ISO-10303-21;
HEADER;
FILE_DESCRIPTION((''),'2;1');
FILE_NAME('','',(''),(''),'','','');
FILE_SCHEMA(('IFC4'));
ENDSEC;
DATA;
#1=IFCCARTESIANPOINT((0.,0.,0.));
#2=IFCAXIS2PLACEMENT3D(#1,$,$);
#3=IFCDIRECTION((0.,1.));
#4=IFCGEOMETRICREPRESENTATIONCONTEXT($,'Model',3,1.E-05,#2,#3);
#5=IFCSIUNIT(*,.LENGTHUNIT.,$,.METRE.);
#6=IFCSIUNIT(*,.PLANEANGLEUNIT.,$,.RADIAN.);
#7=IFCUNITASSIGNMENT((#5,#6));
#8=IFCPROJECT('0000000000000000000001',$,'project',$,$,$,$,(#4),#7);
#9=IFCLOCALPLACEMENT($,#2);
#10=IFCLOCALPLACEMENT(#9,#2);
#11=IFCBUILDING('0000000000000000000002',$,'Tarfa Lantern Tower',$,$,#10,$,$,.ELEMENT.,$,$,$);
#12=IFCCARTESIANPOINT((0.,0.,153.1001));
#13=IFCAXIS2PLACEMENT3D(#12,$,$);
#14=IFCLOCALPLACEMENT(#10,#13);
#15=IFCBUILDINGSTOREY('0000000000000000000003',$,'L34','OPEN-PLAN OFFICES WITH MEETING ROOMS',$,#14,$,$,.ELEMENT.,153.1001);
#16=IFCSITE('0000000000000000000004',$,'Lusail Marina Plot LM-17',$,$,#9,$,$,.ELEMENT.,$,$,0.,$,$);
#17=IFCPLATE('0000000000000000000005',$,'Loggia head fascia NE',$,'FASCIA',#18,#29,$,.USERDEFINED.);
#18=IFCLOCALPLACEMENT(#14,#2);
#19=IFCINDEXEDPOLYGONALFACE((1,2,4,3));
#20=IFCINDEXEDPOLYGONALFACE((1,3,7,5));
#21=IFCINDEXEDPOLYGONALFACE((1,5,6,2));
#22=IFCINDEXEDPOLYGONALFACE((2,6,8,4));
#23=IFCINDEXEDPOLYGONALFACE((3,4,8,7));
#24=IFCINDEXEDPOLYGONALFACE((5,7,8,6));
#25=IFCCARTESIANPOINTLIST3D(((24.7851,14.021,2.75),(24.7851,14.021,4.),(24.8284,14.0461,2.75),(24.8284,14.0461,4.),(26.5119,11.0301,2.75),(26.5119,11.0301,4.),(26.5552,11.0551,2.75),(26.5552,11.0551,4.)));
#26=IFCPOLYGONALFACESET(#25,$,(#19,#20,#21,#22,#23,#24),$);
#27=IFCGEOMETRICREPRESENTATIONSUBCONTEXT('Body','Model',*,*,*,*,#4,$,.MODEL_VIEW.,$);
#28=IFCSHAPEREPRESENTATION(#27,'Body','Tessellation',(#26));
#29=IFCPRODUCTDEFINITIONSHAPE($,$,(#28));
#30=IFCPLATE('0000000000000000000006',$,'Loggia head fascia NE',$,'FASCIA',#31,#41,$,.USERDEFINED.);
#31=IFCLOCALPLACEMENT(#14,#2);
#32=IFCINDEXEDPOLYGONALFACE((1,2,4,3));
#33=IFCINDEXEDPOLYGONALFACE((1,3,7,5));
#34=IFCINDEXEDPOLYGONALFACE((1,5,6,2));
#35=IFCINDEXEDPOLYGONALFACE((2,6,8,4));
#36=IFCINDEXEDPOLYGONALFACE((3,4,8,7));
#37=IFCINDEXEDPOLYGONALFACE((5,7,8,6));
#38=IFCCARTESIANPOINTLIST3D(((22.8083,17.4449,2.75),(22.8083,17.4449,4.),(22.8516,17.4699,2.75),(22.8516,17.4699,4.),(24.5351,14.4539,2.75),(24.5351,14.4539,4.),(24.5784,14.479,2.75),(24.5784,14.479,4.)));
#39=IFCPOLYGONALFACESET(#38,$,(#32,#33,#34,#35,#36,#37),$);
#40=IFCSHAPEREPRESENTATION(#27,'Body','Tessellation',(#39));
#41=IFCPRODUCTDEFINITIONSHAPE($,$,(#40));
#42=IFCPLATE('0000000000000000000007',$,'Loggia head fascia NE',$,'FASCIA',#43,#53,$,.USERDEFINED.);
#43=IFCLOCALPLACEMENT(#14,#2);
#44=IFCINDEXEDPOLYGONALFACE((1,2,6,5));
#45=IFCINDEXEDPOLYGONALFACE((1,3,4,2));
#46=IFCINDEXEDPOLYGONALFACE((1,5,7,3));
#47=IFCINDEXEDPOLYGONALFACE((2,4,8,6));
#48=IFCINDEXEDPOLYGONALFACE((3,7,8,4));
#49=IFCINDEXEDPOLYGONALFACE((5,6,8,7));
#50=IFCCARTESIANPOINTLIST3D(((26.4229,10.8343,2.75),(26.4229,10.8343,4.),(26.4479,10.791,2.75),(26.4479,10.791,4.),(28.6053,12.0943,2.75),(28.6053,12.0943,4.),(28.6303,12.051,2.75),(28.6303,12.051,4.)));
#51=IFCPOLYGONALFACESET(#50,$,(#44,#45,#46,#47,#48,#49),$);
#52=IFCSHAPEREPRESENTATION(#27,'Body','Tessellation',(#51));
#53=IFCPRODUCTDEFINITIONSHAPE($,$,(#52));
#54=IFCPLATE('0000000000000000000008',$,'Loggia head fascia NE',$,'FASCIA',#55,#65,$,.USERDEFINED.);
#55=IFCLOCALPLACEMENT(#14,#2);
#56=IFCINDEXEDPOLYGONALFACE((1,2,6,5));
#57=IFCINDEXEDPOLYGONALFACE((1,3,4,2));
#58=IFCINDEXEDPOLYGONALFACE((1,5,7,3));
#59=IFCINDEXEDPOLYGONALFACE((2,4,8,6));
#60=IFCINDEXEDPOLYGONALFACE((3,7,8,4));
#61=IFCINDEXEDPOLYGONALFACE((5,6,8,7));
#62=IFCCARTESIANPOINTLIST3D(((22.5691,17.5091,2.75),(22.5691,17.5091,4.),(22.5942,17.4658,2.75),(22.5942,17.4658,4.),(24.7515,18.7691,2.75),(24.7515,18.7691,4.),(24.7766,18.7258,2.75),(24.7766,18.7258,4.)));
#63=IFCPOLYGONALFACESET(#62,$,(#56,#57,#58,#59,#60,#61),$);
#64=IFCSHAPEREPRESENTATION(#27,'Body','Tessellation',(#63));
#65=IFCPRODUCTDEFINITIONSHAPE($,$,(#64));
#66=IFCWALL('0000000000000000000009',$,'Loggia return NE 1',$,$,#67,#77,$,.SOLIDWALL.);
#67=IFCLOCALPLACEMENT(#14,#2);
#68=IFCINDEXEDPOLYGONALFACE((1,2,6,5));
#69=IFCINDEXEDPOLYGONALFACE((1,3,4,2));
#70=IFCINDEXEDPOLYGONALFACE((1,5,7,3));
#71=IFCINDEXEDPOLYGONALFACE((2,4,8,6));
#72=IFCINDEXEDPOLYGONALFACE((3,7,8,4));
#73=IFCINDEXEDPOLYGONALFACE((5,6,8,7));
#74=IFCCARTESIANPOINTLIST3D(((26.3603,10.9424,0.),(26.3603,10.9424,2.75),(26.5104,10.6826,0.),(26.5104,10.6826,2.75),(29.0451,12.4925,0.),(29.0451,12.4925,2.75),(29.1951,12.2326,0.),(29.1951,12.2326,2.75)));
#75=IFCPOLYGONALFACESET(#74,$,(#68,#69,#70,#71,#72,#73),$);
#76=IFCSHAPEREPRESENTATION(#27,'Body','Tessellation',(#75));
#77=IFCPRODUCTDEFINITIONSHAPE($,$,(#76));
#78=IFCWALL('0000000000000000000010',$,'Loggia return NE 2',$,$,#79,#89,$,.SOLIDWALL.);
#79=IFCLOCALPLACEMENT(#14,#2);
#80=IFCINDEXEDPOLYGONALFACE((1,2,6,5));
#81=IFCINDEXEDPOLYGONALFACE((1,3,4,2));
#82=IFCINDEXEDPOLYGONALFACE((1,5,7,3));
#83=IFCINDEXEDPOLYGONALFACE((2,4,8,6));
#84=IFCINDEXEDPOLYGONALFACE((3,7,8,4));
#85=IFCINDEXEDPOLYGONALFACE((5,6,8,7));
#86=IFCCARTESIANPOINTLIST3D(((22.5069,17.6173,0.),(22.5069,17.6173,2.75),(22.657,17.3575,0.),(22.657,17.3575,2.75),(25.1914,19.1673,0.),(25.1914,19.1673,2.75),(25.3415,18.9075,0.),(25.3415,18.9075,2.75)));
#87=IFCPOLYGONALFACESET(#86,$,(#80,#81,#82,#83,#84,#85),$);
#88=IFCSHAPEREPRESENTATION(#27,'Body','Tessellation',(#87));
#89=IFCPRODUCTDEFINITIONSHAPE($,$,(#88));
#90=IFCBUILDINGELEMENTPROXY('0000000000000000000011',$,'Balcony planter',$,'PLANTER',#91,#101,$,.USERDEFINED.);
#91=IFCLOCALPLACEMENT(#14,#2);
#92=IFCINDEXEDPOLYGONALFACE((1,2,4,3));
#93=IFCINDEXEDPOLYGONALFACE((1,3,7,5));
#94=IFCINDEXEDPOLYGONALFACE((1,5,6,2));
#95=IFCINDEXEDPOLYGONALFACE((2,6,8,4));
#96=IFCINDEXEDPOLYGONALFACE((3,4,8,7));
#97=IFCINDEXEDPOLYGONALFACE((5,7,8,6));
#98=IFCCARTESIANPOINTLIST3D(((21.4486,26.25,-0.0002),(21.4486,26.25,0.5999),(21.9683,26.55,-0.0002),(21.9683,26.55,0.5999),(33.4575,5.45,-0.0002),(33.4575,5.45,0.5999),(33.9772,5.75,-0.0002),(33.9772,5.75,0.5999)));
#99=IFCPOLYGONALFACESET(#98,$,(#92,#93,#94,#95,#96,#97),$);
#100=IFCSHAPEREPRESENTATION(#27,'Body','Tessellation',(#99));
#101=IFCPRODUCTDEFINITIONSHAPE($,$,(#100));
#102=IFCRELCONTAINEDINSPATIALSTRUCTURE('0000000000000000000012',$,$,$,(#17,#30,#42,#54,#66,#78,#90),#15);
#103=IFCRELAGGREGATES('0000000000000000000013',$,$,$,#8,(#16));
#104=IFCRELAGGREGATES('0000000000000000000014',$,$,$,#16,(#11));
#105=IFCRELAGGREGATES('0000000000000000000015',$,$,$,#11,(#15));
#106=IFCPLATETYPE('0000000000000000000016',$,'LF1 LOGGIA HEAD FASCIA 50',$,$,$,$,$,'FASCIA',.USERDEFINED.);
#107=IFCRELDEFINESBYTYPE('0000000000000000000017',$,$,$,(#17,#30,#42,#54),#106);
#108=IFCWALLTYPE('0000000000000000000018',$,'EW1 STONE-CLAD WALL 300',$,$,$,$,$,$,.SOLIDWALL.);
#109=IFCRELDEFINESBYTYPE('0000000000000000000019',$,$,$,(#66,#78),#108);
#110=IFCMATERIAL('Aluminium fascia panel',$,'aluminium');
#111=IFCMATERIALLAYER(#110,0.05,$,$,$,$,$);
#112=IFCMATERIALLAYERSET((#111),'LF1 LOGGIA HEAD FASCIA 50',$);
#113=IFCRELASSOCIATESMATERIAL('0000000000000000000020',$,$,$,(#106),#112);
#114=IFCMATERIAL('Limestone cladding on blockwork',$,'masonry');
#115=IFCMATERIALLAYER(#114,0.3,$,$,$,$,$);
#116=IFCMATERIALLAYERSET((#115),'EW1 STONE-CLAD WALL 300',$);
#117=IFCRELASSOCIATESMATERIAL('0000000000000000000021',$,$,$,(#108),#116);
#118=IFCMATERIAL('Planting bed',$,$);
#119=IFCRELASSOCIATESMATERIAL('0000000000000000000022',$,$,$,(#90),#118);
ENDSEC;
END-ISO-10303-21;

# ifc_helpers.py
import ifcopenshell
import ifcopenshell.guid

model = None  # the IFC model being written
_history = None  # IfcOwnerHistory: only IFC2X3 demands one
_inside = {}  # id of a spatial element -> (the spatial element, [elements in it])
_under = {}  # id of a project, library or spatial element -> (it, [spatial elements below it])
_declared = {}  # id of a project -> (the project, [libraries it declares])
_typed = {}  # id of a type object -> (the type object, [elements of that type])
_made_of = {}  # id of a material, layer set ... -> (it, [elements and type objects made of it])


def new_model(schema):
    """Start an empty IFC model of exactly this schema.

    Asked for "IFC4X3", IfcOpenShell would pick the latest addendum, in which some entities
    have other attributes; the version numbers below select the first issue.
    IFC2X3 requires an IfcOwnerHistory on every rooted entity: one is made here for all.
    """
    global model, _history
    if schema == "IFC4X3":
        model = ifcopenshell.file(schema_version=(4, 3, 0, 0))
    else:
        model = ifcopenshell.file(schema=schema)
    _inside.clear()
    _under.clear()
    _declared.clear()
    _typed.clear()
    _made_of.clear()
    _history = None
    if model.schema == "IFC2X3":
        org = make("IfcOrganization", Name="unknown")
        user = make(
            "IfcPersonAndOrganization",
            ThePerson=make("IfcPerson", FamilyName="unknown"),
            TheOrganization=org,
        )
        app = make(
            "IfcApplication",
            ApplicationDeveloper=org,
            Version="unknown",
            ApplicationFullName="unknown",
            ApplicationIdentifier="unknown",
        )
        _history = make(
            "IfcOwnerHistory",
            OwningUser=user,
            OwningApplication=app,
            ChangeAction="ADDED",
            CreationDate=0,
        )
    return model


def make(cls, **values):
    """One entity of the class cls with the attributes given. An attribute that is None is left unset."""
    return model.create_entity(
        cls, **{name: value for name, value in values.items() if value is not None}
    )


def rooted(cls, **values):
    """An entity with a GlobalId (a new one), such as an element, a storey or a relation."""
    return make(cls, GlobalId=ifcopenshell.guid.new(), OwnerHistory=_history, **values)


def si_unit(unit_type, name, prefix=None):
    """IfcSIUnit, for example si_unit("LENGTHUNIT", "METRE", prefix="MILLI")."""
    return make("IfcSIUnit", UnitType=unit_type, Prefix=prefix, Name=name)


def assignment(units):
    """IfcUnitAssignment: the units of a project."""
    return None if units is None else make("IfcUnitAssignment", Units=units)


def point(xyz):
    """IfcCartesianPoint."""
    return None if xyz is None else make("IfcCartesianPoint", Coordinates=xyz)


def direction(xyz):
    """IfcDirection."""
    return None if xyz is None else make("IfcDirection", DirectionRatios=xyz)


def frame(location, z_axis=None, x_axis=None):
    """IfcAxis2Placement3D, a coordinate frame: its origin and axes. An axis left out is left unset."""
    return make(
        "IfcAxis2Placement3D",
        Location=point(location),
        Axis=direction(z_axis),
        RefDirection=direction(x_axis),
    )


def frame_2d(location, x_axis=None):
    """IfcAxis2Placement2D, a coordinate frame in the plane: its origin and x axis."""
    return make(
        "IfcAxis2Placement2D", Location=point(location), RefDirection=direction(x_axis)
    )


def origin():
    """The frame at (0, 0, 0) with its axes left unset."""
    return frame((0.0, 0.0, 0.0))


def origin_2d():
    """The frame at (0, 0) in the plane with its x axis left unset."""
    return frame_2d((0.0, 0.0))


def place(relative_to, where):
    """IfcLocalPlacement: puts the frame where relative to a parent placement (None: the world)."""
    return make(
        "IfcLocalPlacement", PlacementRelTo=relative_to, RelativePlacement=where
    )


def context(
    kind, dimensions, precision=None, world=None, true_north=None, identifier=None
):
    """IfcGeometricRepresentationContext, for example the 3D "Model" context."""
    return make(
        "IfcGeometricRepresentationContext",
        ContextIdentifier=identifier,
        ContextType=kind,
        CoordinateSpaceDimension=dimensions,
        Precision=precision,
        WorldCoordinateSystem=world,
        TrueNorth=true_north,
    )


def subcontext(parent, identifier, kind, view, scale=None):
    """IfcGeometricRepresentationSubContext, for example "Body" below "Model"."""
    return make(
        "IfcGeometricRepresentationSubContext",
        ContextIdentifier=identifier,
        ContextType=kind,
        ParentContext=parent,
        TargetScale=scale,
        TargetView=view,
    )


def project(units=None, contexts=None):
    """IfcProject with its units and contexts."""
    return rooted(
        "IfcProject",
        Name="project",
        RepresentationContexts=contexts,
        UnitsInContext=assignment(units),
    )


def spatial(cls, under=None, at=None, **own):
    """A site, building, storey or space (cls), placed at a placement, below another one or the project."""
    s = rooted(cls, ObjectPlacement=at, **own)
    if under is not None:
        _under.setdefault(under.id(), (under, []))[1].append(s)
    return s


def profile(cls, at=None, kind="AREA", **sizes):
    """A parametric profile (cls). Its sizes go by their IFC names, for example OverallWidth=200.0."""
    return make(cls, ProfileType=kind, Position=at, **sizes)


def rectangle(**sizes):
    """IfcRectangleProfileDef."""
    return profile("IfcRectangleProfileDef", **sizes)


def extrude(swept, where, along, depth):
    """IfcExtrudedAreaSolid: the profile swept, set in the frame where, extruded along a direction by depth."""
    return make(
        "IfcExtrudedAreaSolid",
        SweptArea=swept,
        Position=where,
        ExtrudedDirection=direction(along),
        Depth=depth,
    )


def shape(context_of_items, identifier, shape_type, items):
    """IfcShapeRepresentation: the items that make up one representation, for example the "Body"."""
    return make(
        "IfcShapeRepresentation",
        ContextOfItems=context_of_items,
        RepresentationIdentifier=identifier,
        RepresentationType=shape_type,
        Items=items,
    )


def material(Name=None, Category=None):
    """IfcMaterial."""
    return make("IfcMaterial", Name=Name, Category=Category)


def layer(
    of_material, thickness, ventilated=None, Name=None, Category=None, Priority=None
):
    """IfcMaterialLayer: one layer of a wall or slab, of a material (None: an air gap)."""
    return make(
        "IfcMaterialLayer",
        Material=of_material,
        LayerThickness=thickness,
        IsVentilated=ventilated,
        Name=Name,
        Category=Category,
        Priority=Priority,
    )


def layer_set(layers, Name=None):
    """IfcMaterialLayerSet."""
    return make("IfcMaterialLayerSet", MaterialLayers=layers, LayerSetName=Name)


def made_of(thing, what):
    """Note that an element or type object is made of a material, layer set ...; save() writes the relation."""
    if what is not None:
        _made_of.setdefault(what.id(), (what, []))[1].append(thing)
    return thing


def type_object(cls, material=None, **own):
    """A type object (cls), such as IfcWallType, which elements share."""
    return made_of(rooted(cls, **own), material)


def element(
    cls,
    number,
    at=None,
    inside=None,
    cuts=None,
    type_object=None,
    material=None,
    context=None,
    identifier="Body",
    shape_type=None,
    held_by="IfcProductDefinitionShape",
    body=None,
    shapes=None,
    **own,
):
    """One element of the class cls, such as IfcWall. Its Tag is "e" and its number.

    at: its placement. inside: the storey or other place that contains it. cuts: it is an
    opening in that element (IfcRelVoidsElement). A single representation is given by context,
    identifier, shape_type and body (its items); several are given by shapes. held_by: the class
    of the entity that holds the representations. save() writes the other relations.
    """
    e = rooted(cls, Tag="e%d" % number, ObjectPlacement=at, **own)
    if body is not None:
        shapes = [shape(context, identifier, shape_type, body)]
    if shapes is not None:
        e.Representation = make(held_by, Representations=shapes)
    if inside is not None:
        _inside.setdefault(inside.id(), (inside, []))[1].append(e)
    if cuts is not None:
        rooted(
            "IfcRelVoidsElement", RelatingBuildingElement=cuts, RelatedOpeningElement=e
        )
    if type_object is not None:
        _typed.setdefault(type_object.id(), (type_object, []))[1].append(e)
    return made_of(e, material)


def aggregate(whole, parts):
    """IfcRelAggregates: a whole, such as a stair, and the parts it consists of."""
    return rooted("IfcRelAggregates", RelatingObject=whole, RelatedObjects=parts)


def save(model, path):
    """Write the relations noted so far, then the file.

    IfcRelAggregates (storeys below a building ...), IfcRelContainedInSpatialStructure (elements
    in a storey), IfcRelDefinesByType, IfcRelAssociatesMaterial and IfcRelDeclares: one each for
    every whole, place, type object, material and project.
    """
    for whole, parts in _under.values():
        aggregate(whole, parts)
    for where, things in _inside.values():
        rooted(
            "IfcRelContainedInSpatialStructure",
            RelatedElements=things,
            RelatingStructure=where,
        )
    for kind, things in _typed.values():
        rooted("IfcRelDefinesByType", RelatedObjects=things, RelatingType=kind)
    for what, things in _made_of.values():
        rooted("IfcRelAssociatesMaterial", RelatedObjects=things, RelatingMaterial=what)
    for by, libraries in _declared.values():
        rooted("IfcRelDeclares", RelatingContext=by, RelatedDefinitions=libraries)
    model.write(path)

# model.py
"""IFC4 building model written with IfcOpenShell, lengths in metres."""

from ifc_helpers import new_model, si_unit, direction, frame, frame_2d, origin, origin_2d, place, context, subcontext, project, spatial, rectangle, extrude, material, layer, layer_set, type_object, element, save


model = new_model("IFC4")

# Units and contexts
model_context = context("Model", 3, precision=1e-05, world=origin(), true_north=direction((0.0, 1.0)))
body_context = subcontext(model_context, "Body", "Model", "MODEL_VIEW")
ifc_project = project(units=[si_unit("LENGTHUNIT", "METRE"), si_unit("PLANEANGLEUNIT", "RADIAN")], contexts=[model_context])

# Site, building, storey
site_placement = place(None, origin())
site = spatial("IfcSite", under=ifc_project, at=site_placement, Name="Lusail Marina Plot LM-17", CompositionType="ELEMENT", RefElevation=0.0)
building_placement = place(site_placement, origin())
building = spatial("IfcBuilding", under=site, at=building_placement, Name="Tarfa Lantern Tower", CompositionType="ELEMENT")
storey_placement = place(building_placement, frame((0.0, 0.0, 153.1001)))
storey = spatial("IfcBuildingStorey", under=building, at=storey_placement, Name="L34", Description="OPEN-PLAN OFFICES WITH MEETING ROOMS", CompositionType="ELEMENT", Elevation=153.1001)

# Plates
ifc_material_1 = material(Name="Aluminium fascia panel", Category="aluminium")
ifc_layer_1 = layer(ifc_material_1, 0.05)
ifc_layer_set_1 = layer_set([ifc_layer_1], Name="LF1 LOGGIA HEAD FASCIA 50")
plate_type_1 = type_object("IfcPlateType", Name="LF1 LOGGIA HEAD FASCIA 50", ElementType="FASCIA", PredefinedType="USERDEFINED", material=ifc_layer_set_1)
for number, where, z_axis, x_axis, name in (
    (1, (25.6702, 12.5381, 2.75), (0.0, 0.0, 1.0), (-0.5, 0.866025, 0.0), "Loggia head fascia NE"),
    (2, (23.6934, 15.9619, 2.75), (0.0, 0.0, 1.0), (-0.5, 0.866025, 0.0), "Loggia head fascia NE"),
):
    element("IfcPlate", number, at=place(storey_placement, frame(where, z_axis=z_axis, x_axis=x_axis)), inside=storey, type_object=plate_type_1, Name=name, ObjectType="FASCIA", PredefinedType="USERDEFINED", context=body_context, shape_type="SweptSolid", body=[
        extrude(rectangle(XDim=3.4536, YDim=0.05, at=origin_2d()), origin(), (0.0, 0.0, 1.0), 1.25),
    ])
for number, where, z_axis, x_axis, name in (
    (3, (27.5266, 11.4426, 2.75), (0.0, 0.0, 1.0), (-0.866025, -0.5, 0.0), "Loggia head fascia NE"),
    (4, (23.6729, 18.1174, 2.75), (0.0, 0.0, 1.0), (-0.866025, -0.5, 0.0), "Loggia head fascia NE"),
):
    element("IfcPlate", number, at=place(storey_placement, frame(where, z_axis=z_axis, x_axis=x_axis)), inside=storey, type_object=plate_type_1, Name=name, ObjectType="FASCIA", PredefinedType="USERDEFINED", context=body_context, shape_type="SweptSolid", body=[
        extrude(rectangle(XDim=2.52, YDim=0.05, at=origin_2d()), origin(), (0.0, 0.0, 1.0), 1.25),
    ])

# Walls
ifc_material_2 = material(Name="Limestone cladding on blockwork", Category="masonry")
ifc_layer_2 = layer(ifc_material_2, 0.3)
ifc_layer_set_2 = layer_set([ifc_layer_2], Name="EW1 STONE-CLAD WALL 300")
wall_type = type_object("IfcWallType", Name="EW1 STONE-CLAD WALL 300", PredefinedType="SOLIDWALL", material=ifc_layer_set_2)
wall_1_placement = place(storey_placement, frame((29.1201, 12.3625, 0.0), z_axis=(0.0, 0.0, 1.0), x_axis=(-0.86603, -0.499993, 0.0)))
element("IfcWall", 5, at=wall_1_placement, inside=storey, type_object=wall_type, Name="Loggia return NE 1", PredefinedType="SOLIDWALL", context=body_context, shape_type="SweptSolid", body=[
    extrude(rectangle(XDim=3.1001, YDim=0.3, at=frame_2d((1.55, 0.0))), origin(), (0.0, 0.0, 1.0), 2.75),
])
wall_2_placement = place(storey_placement, frame((25.2664, 19.0374, 0.0), z_axis=(0.0, 0.0, 1.0), x_axis=(-0.86601, -0.500027, 0.0)))
element("IfcWall", 6, at=wall_2_placement, inside=storey, type_object=wall_type, Name="Loggia return NE 2", PredefinedType="SOLIDWALL", context=body_context, shape_type="SweptSolid", body=[
    extrude(rectangle(XDim=3.0999, YDim=0.3, at=frame_2d((1.5498, 0.0))), origin(), (0.0, 0.0, 1.0), 2.75),
])

# Building element proxy
ifc_material_3 = material(Name="Planting bed")
proxy_placement = place(storey_placement, frame((27.7129, 16.0, -0.0002), z_axis=(0.0, 0.0, 1.0), x_axis=(-0.5, 0.866025, 0.0)))
element("IfcBuildingElementProxy", 7, at=proxy_placement, inside=storey, material=ifc_material_3, Name="Balcony planter", ObjectType="PLANTER", PredefinedType="USERDEFINED", context=body_context, shape_type="SweptSolid", body=[
    extrude(rectangle(XDim=24.0178, YDim=0.6001, at=origin_2d()), origin(), (0.0, 0.0, 1.0), 0.6001),
])

save(model, "model.ifc")
